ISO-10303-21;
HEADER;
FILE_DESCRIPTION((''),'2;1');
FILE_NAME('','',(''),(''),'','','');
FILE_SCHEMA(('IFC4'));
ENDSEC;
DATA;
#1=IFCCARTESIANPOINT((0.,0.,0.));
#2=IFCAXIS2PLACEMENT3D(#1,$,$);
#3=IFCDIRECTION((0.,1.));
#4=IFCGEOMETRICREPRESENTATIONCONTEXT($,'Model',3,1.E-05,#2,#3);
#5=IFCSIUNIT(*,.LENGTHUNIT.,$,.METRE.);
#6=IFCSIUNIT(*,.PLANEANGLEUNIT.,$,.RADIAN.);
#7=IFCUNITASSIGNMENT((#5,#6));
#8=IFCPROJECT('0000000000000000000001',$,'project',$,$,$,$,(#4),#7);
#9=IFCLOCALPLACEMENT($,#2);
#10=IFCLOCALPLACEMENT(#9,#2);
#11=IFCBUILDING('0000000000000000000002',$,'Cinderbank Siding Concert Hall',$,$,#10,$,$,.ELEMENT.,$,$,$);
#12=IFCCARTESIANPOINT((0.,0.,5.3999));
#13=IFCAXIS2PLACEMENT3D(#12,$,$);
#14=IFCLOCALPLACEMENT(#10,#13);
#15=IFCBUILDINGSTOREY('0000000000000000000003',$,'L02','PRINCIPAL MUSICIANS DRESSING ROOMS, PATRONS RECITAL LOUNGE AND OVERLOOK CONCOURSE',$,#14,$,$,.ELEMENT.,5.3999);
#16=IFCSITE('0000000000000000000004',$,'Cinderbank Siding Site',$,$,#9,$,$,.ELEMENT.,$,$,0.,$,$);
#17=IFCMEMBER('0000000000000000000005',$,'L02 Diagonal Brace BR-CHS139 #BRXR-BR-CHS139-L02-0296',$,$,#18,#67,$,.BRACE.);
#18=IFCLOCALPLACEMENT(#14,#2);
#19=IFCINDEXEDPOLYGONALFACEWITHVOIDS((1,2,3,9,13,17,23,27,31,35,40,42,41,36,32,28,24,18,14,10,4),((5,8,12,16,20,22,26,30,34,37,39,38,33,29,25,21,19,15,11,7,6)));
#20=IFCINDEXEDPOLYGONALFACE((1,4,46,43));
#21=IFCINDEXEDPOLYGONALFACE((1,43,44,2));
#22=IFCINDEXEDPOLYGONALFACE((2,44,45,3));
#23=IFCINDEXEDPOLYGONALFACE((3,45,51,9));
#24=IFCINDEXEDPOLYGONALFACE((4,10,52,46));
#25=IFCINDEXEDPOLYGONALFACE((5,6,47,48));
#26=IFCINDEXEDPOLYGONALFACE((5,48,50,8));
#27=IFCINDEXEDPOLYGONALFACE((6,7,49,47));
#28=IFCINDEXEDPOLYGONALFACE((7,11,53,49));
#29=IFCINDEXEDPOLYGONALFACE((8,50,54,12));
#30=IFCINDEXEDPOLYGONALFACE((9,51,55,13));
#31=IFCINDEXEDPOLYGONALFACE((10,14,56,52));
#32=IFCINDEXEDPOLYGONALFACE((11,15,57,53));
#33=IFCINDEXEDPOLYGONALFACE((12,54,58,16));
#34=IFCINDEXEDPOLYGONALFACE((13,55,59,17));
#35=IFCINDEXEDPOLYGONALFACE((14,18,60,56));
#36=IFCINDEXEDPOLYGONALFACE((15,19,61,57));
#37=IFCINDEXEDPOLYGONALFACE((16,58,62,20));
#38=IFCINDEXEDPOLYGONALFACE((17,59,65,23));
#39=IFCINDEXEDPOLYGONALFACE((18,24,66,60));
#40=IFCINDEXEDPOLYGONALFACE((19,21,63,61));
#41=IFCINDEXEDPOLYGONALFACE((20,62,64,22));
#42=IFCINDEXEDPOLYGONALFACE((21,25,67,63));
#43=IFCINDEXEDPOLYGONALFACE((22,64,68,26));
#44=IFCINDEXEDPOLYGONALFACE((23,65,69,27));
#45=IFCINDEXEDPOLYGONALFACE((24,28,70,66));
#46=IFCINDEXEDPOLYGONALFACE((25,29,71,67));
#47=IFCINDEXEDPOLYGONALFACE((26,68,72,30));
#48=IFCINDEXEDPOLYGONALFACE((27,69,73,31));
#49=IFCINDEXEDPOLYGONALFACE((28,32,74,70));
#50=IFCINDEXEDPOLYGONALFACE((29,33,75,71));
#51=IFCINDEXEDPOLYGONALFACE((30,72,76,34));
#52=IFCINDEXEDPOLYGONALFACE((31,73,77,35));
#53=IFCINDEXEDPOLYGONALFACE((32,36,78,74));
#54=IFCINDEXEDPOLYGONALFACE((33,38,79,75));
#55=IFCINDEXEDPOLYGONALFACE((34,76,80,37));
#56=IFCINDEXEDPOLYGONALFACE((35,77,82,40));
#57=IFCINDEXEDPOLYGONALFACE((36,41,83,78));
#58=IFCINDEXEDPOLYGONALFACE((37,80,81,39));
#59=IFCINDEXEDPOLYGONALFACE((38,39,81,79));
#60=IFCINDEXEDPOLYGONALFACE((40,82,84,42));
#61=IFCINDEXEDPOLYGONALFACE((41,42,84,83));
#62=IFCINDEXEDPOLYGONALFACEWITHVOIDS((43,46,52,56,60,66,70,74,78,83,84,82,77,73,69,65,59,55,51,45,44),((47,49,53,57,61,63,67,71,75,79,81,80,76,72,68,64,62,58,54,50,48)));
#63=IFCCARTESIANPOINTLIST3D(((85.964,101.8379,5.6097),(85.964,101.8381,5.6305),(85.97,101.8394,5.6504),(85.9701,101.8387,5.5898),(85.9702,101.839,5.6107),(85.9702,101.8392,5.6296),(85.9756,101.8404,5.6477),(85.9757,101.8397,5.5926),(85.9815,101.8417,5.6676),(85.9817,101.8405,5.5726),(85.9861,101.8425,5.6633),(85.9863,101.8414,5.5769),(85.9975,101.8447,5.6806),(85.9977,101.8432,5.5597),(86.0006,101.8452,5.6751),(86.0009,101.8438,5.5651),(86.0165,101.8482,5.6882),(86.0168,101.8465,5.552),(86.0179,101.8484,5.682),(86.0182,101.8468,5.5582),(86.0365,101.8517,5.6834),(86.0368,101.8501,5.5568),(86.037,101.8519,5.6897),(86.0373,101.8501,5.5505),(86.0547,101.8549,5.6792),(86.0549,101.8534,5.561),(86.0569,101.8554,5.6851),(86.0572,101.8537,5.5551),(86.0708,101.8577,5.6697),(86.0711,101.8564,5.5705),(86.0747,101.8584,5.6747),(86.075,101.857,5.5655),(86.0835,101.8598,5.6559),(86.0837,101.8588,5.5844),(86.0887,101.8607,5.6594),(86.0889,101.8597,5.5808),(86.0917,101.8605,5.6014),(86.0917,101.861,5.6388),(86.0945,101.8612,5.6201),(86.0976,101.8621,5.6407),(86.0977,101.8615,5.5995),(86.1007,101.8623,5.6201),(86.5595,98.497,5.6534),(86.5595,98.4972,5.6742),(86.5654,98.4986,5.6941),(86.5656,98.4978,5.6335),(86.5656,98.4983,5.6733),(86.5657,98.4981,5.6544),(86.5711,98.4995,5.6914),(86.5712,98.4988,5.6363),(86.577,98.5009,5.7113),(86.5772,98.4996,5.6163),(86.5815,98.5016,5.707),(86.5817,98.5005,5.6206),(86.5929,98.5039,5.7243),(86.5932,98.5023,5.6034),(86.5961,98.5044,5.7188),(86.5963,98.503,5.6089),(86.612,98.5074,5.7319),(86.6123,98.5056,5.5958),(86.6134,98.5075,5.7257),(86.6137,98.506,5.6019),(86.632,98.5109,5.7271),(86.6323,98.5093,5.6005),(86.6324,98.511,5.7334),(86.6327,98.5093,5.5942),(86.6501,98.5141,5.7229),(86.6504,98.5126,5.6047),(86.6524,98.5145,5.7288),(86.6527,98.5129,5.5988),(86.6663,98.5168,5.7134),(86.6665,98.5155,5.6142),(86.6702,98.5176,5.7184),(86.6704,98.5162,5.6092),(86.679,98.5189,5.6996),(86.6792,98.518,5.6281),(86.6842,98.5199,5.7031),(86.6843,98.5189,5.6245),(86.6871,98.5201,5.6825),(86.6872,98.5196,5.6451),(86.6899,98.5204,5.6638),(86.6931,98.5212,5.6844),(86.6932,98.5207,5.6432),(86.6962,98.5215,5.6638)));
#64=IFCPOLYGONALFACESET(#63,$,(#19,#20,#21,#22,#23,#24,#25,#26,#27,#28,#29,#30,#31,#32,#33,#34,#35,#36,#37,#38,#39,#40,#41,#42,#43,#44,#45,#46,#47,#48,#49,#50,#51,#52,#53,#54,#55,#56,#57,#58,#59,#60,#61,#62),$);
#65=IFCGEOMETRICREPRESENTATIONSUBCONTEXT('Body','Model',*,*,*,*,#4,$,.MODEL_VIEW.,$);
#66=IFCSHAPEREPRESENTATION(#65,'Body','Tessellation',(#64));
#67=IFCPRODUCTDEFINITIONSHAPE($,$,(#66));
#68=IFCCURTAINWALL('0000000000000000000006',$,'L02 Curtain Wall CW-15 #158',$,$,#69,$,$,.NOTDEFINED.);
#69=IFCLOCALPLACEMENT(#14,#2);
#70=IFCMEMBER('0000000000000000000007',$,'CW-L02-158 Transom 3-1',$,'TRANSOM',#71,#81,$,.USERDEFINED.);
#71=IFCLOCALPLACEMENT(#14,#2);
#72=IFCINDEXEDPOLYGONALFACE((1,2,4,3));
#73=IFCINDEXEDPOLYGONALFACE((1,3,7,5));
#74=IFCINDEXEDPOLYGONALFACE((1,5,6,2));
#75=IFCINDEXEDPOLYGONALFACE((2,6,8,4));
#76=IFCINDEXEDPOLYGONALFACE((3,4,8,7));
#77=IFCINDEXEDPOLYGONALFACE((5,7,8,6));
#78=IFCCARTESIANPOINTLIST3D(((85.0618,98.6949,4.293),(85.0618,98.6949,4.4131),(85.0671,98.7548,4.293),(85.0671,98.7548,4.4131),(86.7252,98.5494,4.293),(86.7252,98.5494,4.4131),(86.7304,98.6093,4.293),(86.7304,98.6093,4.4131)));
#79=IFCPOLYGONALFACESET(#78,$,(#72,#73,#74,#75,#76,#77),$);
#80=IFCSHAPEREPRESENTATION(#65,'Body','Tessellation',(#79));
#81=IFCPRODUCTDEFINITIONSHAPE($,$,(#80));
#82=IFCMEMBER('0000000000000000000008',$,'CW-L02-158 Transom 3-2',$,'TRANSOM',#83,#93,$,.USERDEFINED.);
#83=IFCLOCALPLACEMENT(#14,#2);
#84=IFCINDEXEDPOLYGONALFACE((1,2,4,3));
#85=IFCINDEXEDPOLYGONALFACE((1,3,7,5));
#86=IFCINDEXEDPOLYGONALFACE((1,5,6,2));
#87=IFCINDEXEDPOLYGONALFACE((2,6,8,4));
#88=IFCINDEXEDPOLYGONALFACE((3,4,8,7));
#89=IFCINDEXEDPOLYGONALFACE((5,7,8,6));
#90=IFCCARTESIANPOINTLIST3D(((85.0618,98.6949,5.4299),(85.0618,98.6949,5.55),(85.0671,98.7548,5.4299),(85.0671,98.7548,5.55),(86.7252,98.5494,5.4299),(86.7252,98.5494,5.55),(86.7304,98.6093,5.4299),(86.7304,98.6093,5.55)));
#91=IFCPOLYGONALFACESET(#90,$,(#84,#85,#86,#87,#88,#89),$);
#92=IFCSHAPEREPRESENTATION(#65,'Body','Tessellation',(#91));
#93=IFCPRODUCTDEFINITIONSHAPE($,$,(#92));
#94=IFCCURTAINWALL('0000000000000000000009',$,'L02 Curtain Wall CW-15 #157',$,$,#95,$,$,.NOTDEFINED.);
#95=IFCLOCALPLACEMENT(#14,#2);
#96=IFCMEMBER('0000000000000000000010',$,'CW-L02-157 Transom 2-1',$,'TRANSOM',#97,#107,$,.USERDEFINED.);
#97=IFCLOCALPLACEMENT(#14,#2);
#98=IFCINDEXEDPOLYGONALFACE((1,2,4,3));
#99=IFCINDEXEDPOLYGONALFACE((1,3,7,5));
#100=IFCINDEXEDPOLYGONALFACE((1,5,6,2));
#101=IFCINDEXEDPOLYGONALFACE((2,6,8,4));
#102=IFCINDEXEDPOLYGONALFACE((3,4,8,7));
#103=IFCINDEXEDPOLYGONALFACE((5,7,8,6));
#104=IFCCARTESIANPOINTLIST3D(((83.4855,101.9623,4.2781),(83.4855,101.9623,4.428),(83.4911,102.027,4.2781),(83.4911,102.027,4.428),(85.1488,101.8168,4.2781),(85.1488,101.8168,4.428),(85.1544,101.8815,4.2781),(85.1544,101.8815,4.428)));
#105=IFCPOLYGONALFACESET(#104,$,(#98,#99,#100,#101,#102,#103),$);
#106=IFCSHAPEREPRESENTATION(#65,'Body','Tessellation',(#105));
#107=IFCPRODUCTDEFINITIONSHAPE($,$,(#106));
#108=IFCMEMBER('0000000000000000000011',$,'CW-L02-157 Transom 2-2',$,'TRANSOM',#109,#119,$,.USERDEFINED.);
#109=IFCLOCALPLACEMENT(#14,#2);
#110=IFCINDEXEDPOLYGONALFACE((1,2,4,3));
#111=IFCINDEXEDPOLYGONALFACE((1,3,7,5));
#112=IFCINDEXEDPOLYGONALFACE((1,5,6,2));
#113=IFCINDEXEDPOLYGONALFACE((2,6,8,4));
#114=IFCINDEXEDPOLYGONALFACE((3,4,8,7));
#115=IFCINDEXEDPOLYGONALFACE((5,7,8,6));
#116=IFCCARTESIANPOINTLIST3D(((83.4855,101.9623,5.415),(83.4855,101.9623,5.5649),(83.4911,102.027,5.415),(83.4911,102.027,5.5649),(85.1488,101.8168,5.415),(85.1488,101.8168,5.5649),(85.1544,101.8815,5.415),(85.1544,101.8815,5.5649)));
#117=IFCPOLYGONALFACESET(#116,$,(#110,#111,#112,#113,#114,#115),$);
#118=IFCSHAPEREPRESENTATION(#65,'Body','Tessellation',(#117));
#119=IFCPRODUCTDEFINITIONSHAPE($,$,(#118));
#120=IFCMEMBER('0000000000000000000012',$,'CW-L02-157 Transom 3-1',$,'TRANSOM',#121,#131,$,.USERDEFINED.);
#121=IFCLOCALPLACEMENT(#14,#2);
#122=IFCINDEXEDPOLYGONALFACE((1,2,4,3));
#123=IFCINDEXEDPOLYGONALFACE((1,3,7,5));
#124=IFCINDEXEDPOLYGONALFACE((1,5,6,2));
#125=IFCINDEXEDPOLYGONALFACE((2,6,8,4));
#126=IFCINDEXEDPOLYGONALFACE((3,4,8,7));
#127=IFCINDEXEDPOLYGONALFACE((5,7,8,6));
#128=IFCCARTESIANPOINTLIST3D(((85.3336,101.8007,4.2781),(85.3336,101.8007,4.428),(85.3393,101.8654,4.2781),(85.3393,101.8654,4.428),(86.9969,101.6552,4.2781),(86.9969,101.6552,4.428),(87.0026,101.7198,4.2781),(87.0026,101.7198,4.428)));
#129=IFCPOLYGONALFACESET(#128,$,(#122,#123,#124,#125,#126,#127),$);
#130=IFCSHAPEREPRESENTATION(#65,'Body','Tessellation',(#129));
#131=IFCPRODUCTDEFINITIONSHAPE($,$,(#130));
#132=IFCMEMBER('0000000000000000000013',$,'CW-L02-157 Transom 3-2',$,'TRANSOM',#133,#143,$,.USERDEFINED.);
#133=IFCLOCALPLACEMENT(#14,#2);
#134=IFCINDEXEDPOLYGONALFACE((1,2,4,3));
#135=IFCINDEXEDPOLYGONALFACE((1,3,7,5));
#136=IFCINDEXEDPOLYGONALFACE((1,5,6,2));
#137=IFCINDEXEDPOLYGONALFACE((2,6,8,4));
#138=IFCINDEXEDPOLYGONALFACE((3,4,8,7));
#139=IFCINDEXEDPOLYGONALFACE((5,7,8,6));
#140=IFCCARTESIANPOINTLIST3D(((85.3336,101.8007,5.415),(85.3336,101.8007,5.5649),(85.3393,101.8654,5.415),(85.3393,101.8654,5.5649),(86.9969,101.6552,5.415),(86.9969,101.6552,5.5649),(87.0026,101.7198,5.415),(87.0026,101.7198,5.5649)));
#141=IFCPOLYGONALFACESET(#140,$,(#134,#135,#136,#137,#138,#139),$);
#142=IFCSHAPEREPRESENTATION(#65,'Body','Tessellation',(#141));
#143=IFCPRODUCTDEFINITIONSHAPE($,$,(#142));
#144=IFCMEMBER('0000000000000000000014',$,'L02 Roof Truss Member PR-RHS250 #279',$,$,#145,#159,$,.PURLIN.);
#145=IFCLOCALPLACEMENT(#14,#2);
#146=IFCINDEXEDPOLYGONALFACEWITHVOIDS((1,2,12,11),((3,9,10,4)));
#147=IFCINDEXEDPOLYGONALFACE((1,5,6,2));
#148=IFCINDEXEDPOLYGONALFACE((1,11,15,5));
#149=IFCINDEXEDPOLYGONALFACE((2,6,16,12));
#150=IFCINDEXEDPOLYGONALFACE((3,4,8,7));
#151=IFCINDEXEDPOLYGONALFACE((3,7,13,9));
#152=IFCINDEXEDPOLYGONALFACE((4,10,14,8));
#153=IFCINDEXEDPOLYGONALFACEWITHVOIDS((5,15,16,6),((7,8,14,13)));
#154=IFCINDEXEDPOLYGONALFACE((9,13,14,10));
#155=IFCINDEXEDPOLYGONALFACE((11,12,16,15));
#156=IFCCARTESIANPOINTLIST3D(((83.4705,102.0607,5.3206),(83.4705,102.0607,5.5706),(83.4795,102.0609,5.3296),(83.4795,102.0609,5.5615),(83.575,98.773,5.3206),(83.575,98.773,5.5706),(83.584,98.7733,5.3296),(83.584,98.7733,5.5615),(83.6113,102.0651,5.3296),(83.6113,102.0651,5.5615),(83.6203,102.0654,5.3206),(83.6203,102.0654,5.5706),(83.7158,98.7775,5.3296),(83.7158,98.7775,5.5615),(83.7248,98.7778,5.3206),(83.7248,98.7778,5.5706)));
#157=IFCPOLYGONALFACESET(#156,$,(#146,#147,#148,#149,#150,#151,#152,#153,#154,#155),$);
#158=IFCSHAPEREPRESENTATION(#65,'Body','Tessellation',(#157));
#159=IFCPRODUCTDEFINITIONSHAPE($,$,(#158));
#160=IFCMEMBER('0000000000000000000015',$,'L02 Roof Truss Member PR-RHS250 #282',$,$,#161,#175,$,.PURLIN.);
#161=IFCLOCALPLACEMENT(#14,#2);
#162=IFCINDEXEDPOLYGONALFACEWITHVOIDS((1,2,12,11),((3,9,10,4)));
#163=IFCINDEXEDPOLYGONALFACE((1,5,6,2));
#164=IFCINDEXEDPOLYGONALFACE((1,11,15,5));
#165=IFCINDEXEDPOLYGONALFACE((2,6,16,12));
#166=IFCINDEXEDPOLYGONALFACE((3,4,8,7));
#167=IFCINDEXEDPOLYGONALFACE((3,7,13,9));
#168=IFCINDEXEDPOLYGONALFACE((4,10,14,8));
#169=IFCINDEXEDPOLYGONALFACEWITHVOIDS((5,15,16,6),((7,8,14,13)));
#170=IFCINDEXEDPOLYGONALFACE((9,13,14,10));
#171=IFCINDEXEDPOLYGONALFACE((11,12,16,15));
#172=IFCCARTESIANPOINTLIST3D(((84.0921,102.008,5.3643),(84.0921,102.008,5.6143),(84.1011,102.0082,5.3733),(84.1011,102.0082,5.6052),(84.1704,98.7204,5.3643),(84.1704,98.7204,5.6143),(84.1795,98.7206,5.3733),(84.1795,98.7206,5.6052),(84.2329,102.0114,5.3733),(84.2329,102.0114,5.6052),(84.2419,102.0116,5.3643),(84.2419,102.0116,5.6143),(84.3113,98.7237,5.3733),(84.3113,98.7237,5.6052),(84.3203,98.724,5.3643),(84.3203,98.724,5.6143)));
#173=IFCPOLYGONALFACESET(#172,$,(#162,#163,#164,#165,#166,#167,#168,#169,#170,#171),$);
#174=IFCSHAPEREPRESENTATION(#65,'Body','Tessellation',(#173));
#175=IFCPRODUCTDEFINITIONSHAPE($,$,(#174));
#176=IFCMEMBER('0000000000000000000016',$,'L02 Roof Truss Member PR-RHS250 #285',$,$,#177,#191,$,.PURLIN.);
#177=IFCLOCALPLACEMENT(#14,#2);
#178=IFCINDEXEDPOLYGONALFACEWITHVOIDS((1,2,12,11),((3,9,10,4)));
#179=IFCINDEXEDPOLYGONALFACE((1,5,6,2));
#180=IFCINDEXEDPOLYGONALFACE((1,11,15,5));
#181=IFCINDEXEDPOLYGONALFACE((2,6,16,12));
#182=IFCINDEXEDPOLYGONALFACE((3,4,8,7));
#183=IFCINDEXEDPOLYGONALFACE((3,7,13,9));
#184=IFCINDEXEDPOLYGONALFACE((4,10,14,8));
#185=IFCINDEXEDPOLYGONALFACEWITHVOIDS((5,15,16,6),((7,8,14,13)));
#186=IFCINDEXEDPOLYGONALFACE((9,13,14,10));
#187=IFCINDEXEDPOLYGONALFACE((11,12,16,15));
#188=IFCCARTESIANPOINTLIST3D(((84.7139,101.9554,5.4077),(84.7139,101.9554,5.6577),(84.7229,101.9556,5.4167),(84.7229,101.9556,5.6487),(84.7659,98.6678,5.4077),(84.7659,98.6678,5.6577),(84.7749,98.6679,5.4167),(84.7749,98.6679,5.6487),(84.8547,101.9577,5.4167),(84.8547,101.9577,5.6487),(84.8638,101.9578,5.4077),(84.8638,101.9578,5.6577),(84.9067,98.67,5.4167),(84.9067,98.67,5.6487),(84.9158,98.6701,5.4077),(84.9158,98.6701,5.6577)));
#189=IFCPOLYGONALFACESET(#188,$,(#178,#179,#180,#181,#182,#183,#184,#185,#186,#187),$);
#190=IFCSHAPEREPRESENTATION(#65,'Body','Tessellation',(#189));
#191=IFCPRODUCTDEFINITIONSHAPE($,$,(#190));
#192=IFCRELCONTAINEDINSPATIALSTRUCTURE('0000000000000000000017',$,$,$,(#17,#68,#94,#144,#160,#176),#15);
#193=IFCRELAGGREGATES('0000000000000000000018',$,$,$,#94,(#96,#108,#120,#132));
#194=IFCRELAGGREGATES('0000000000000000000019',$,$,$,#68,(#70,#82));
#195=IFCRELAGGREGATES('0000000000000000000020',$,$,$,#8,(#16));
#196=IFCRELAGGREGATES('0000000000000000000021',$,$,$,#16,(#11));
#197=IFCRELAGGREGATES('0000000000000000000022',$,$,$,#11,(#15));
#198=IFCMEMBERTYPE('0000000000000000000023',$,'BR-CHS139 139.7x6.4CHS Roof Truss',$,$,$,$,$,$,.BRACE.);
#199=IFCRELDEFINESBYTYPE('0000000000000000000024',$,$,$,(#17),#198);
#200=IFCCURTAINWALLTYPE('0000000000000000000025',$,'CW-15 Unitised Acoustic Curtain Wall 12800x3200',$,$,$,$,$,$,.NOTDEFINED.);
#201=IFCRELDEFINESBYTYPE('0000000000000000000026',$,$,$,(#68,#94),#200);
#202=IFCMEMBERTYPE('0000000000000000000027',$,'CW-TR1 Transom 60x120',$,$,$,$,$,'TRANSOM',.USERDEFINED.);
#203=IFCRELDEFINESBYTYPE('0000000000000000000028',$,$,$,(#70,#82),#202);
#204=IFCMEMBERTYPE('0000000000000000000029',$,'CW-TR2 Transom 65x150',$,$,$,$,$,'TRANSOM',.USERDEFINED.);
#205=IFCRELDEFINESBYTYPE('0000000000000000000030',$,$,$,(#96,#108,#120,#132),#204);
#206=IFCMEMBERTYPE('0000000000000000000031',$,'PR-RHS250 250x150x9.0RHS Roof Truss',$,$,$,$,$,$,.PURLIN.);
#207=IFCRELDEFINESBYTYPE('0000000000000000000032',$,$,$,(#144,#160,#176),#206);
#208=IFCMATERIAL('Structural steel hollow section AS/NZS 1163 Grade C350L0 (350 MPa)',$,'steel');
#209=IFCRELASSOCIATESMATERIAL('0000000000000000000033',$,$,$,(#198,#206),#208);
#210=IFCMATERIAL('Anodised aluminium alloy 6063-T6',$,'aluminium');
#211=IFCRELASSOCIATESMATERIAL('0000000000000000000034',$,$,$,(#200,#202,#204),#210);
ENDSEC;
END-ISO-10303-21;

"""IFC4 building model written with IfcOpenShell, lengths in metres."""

from ifc_helpers import new_model, si_unit, direction, frame, origin, origin_2d, place, context, subcontext, project, spatial, rectangle, hollow_rectangle, hollow_circle, extrude, material, material_profile, profile_set, type_object, element, aggregate, save


model = new_model("IFC4")

# Units and contexts
model_context = context("Model", 3, precision=1e-05, world=origin(), true_north=direction((0.0, 1.0)))
body_context = subcontext(model_context, "Body", "Model", "MODEL_VIEW")
ifc_project = project(units=[si_unit("LENGTHUNIT", "METRE"), si_unit("PLANEANGLEUNIT", "RADIAN")], contexts=[model_context])

# Site, building, storey
site_placement = place(None, origin())
site = spatial("IfcSite", under=ifc_project, at=site_placement, Name="Cinderbank Siding Site", CompositionType="ELEMENT", RefElevation=0.0)
building_placement = place(site_placement, origin())
building = spatial("IfcBuilding", under=site, at=building_placement, Name="Cinderbank Siding Concert Hall", CompositionType="ELEMENT")
storey_placement = place(building_placement, frame((0.0, 0.0, 5.3999)))
storey = spatial("IfcBuildingStorey", under=building, at=storey_placement, Name="L02", Description="PRINCIPAL MUSICIANS DRESSING ROOMS, PATRONS RECITAL LOUNGE AND OVERLOOK CONCOURSE", CompositionType="ELEMENT", Elevation=5.3999)

# Member
ifc_material_1 = material(Name="Structural steel hollow section AS/NZS 1163 Grade C350L0 (350 MPa)", Category="steel")
ifc_material_profile_1 = material_profile(ifc_material_1, hollow_circle(Radius=0.0698, WallThickness=0.0063, at=origin_2d()), Name="139.7x6.4CHS", Category="LoadBearing")
ifc_profile_set_1 = profile_set([ifc_material_profile_1], Name="Structural steel hollow section AS/NZS 1163 Grade C350L0 (350 MPa)")
member_type_1 = type_object("IfcMemberType", Name="BR-CHS139 139.7x6.4CHS Roof Truss", PredefinedType="BRACE", material=ifc_profile_set_1)
member_1_placement = place(storey_placement, frame((86.032, 101.8501, 5.6201), z_axis=(0.175457, -0.984403, 0.012877), x_axis=(0.984484, 0.175472, 0.0)))
element("IfcMember", 1, at=member_1_placement, inside=storey, type_object=member_type_1, Name="L02 Diagonal Brace BR-CHS139 #BRXR-BR-CHS139-L02-0296", PredefinedType="BRACE", context=body_context, shape_type="SweptSolid", body=[
    extrude(hollow_circle(Radius=0.0698, WallThickness=0.0063, at=origin_2d()), origin(), (0.0, 0.0, 1.0), 3.3938),
])

# Curtain walls, members
ifc_material_2 = material(Name="Anodised aluminium alloy 6063-T6", Category="aluminium")
curtain_wall_type = type_object("IfcCurtainWallType", Name="CW-15 Unitised Acoustic Curtain Wall 12800x3200", PredefinedType="NOTDEFINED", material=ifc_material_2)
curtain_wall_1_placement = place(storey_placement, origin())
curtain_wall_1 = element("IfcCurtainWall", 2, at=curtain_wall_1_placement, inside=storey, type_object=curtain_wall_type, Name="L02 Curtain Wall CW-15 #158", PredefinedType="NOTDEFINED")
ifc_material_profile_2 = material_profile(ifc_material_2, rectangle(XDim=0.0601, YDim=0.1201, at=origin_2d()), Name="ALU-TRAN-60x120", Category="LoadBearing")
ifc_profile_set_2 = profile_set([ifc_material_profile_2], Name="Anodised aluminium alloy 6063-T6")
member_type_2 = type_object("IfcMemberType", Name="CW-TR1 Transom 60x120", ElementType="TRANSOM", PredefinedType="USERDEFINED", material=ifc_profile_set_2)
member_2_placement = place(storey_placement, frame((85.0645, 98.7249, 4.353), z_axis=(0.996195, -0.087147, 0.0), x_axis=(0.087147, 0.996195, 0.0)))
member_2 = element("IfcMember", 3, at=member_2_placement, type_object=member_type_2, Name="CW-L02-158 Transom 3-1", ObjectType="TRANSOM", PredefinedType="USERDEFINED", context=body_context, shape_type="SweptSolid", body=[
    extrude(rectangle(XDim=0.0601, YDim=0.1201, at=origin_2d()), origin(), (0.0, 0.0, 1.0), 1.6697),
])
member_3_placement = place(storey_placement, frame((85.0645, 98.7249, 5.49), z_axis=(0.996195, -0.087147, 0.0), x_axis=(0.087147, 0.996195, 0.0)))
member_3 = element("IfcMember", 4, at=member_3_placement, type_object=member_type_2, Name="CW-L02-158 Transom 3-2", ObjectType="TRANSOM", PredefinedType="USERDEFINED", context=body_context, shape_type="SweptSolid", body=[
    extrude(rectangle(XDim=0.0601, YDim=0.1201, at=origin_2d()), origin(), (0.0, 0.0, 1.0), 1.6697),
])
curtain_wall_2_placement = place(storey_placement, origin())
curtain_wall_2 = element("IfcCurtainWall", 5, at=curtain_wall_2_placement, inside=storey, type_object=curtain_wall_type, Name="L02 Curtain Wall CW-15 #157", PredefinedType="NOTDEFINED")
ifc_material_profile_3 = material_profile(ifc_material_2, rectangle(XDim=0.0649, YDim=0.1499, at=origin_2d()), Name="ALU-TRAN-65x150", Category="LoadBearing")
ifc_profile_set_3 = profile_set([ifc_material_profile_3], Name="Anodised aluminium alloy 6063-T6")
member_type_3 = type_object("IfcMemberType", Name="CW-TR2 Transom 65x150", ElementType="TRANSOM", PredefinedType="USERDEFINED", material=ifc_profile_set_3)
member_4_placement = place(storey_placement, frame((83.4883, 101.9946, 4.353), z_axis=(0.996195, -0.087147, 0.0), x_axis=(0.087147, 0.996195, 0.0)))
member_4 = element("IfcMember", 6, at=member_4_placement, type_object=member_type_3, Name="CW-L02-157 Transom 2-1", ObjectType="TRANSOM", PredefinedType="USERDEFINED", context=body_context, shape_type="SweptSolid", body=[
    extrude(rectangle(XDim=0.0649, YDim=0.1499, at=origin_2d()), origin(), (0.0, 0.0, 1.0), 1.6697),
])
member_5_placement = place(storey_placement, frame((83.4883, 101.9946, 5.49), z_axis=(0.996195, -0.087147, 0.0), x_axis=(0.087147, 0.996195, 0.0)))
member_5 = element("IfcMember", 7, at=member_5_placement, type_object=member_type_3, Name="CW-L02-157 Transom 2-2", ObjectType="TRANSOM", PredefinedType="USERDEFINED", context=body_context, shape_type="SweptSolid", body=[
    extrude(rectangle(XDim=0.0649, YDim=0.1499, at=origin_2d()), origin(), (0.0, 0.0, 1.0), 1.6697),
])
member_6_placement = place(storey_placement, frame((85.3364, 101.833, 4.353), z_axis=(0.996195, -0.087147, 0.0), x_axis=(0.087147, 0.996195, 0.0)))
member_6 = element("IfcMember", 8, at=member_6_placement, type_object=member_type_3, Name="CW-L02-157 Transom 3-1", ObjectType="TRANSOM", PredefinedType="USERDEFINED", context=body_context, shape_type="SweptSolid", body=[
    extrude(rectangle(XDim=0.0649, YDim=0.1499, at=origin_2d()), origin(), (0.0, 0.0, 1.0), 1.6697),
])
member_7_placement = place(storey_placement, frame((85.3364, 101.833, 5.49), z_axis=(0.996195, -0.087147, 0.0), x_axis=(0.087147, 0.996195, 0.0)))
member_7 = element("IfcMember", 9, at=member_7_placement, type_object=member_type_3, Name="CW-L02-157 Transom 3-2", ObjectType="TRANSOM", PredefinedType="USERDEFINED", context=body_context, shape_type="SweptSolid", body=[
    extrude(rectangle(XDim=0.0649, YDim=0.1499, at=origin_2d()), origin(), (0.0, 0.0, 1.0), 1.6697),
])

# Members
ifc_material_profile_4 = material_profile(ifc_material_1, hollow_rectangle(XDim=0.1499, YDim=0.25, WallThickness=0.009, at=origin_2d()), Name="250x150x9.0RHS", Category="LoadBearing")
ifc_profile_set_4 = profile_set([ifc_material_profile_4], Name="Structural steel hollow section AS/NZS 1163 Grade C350L0 (350 MPa)")
member_type_4 = type_object("IfcMemberType", Name="PR-RHS250 250x150x9.0RHS Roof Truss", PredefinedType="PURLIN", material=ifc_profile_set_4)
member_8_placement = place(storey_placement, frame((83.6499, 98.7754, 5.4456), z_axis=(-0.031768, 0.999495, 0.0), x_axis=(-0.999495, -0.031768, 0.0)))
element("IfcMember", 10, at=member_8_placement, inside=storey, type_object=member_type_4, Name="L02 Roof Truss Member PR-RHS250 #279", PredefinedType="PURLIN", context=body_context, shape_type="SweptSolid", body=[
    extrude(hollow_rectangle(XDim=0.1499, YDim=0.25, WallThickness=0.009, at=origin_2d()), origin(), (0.0, 0.0, 1.0), 3.2893),
])
member_9_placement = place(storey_placement, frame((84.2454, 98.7222, 5.4893), z_axis=(-0.023831, 0.999716, 0.0), x_axis=(-0.999716, -0.023831, 0.0)))
element("IfcMember", 11, at=member_9_placement, inside=storey, type_object=member_type_4, Name="L02 Roof Truss Member PR-RHS250 #282", PredefinedType="PURLIN", context=body_context, shape_type="SweptSolid", body=[
    extrude(hollow_rectangle(XDim=0.1499, YDim=0.25, WallThickness=0.009, at=origin_2d()), origin(), (0.0, 0.0, 1.0), 3.2886),
])
member_10_placement = place(storey_placement, frame((84.8408, 98.6689, 5.5327), z_axis=(-0.015816, 0.999875, 0.0), x_axis=(-0.999875, -0.015816, 0.0)))
element("IfcMember", 12, at=member_10_placement, inside=storey, type_object=member_type_4, Name="L02 Roof Truss Member PR-RHS250 #285", PredefinedType="PURLIN", context=body_context, shape_type="SweptSolid", body=[
    extrude(hollow_rectangle(XDim=0.1499, YDim=0.25, WallThickness=0.009, at=origin_2d()), origin(), (0.0, 0.0, 1.0), 3.2881),
])

aggregate(curtain_wall_2, [member_4, member_5, member_6, member_7])
aggregate(curtain_wall_1, [member_2, member_3])

save(model, "model.ifc")
